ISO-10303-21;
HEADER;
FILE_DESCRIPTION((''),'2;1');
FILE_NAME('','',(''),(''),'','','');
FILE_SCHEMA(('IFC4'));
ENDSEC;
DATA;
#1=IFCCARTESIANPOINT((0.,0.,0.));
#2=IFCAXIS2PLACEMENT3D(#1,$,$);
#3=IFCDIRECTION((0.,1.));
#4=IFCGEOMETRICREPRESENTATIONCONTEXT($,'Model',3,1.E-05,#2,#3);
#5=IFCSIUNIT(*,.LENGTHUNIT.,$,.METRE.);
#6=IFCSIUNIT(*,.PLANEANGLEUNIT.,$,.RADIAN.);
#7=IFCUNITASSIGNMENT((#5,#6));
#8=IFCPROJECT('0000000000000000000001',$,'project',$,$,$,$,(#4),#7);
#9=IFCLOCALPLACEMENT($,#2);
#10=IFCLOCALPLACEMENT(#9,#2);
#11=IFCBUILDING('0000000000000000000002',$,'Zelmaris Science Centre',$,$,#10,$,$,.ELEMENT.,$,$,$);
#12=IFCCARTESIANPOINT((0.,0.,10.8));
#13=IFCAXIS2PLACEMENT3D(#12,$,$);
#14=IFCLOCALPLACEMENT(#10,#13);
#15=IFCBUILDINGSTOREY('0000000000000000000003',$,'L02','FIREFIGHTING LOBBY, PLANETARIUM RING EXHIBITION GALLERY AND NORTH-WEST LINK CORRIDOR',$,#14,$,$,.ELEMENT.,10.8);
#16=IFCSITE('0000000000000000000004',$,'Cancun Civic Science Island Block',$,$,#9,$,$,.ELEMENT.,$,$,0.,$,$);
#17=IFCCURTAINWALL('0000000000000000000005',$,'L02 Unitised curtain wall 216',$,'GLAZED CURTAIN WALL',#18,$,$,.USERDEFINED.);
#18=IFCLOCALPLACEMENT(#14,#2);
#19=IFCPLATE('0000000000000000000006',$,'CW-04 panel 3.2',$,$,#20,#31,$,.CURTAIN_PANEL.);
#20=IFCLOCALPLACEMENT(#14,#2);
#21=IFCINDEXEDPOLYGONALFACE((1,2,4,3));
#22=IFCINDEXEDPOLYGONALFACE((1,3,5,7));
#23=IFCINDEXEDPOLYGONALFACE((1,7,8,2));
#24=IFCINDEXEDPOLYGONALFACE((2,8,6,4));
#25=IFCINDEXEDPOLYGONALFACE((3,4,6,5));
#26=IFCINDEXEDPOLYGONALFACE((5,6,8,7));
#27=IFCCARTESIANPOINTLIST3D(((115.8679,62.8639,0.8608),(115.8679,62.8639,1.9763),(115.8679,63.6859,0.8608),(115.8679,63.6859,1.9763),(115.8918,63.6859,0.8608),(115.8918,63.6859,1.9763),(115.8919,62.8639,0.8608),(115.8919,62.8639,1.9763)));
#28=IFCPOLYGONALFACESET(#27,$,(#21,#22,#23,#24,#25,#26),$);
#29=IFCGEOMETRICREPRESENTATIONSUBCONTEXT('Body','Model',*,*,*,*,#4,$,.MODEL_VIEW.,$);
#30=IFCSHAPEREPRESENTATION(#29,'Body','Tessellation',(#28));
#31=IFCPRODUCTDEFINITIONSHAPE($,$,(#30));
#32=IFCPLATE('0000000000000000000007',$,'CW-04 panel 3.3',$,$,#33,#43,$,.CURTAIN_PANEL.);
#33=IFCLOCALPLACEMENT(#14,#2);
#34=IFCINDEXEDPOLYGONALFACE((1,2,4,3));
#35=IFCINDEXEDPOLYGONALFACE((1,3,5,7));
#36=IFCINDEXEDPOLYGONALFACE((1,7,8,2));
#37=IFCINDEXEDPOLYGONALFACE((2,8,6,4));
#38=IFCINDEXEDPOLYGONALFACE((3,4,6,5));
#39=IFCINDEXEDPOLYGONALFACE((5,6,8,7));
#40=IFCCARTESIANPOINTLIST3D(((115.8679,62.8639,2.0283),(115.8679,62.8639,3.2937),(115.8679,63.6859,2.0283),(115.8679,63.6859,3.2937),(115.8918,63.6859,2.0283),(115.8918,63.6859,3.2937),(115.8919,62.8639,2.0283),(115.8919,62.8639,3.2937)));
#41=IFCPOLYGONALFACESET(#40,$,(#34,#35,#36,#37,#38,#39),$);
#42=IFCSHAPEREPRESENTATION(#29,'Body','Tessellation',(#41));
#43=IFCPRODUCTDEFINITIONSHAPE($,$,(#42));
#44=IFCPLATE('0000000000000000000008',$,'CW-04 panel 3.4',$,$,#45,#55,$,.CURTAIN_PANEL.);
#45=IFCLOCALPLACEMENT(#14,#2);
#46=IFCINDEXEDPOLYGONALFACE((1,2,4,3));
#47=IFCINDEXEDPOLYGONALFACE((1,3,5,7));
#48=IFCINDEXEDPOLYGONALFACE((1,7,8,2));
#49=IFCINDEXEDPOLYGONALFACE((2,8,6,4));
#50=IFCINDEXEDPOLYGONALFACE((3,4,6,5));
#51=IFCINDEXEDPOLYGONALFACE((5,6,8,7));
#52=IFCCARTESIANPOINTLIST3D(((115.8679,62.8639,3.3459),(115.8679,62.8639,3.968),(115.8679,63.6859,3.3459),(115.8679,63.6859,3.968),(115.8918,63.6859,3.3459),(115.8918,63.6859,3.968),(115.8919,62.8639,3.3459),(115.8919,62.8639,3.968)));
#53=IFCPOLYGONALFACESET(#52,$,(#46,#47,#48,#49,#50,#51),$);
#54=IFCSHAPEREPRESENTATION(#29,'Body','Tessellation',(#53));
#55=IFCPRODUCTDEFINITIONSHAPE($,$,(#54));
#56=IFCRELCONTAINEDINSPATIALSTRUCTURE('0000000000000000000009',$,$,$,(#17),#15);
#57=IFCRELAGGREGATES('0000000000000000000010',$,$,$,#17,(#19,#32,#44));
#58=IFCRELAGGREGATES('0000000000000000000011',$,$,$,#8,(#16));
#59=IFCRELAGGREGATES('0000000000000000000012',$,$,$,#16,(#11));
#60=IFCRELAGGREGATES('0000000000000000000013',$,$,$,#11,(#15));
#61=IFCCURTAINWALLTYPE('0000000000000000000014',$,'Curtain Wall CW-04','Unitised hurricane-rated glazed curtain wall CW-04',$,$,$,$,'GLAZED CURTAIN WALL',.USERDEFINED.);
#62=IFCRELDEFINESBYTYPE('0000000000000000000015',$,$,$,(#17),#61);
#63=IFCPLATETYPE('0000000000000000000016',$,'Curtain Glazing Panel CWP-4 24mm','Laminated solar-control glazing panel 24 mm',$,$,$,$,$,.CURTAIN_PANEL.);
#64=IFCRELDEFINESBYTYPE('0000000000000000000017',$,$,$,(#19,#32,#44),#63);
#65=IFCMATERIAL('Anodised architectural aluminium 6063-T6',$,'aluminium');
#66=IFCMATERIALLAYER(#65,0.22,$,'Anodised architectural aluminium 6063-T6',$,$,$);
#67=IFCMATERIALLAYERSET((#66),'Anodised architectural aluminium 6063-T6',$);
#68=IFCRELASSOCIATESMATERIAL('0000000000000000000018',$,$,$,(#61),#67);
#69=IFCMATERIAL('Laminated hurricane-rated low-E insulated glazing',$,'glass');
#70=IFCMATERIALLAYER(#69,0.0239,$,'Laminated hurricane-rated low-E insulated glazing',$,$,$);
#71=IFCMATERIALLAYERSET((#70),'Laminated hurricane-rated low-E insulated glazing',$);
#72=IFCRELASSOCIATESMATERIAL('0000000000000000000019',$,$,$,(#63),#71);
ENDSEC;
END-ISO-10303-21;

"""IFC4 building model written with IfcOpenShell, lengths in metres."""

from ifc_helpers import new_model, si_unit, direction, frame, origin, origin_2d, place, context, subcontext, project, spatial, rectangle, extrude, material, layer, layer_set, type_object, element, aggregate, save


model = new_model("IFC4")

# Units and contexts
model_context = context("Model", 3, precision=1e-05, world=origin(), true_north=direction((0.0, 1.0)))
body_context = subcontext(model_context, "Body", "Model", "MODEL_VIEW")
ifc_project = project(units=[si_unit("LENGTHUNIT", "METRE"), si_unit("PLANEANGLEUNIT", "RADIAN")], contexts=[model_context])

# Site, building, storey
site_placement = place(None, origin())
site = spatial("IfcSite", under=ifc_project, at=site_placement, Name="Cancun Civic Science Island Block", CompositionType="ELEMENT", RefElevation=0.0)
building_placement = place(site_placement, origin())
building = spatial("IfcBuilding", under=site, at=building_placement, Name="Zelmaris Science Centre", CompositionType="ELEMENT")
storey_placement = place(building_placement, frame((0.0, 0.0, 10.8)))
storey = spatial("IfcBuildingStorey", under=building, at=storey_placement, Name="L02", Description="FIREFIGHTING LOBBY, PLANETARIUM RING EXHIBITION GALLERY AND NORTH-WEST LINK CORRIDOR", CompositionType="ELEMENT", Elevation=10.8)

# Curtain wall
ifc_material_1 = material(Name="Anodised architectural aluminium 6063-T6", Category="aluminium")
ifc_layer_1 = layer(ifc_material_1, 0.22, Name="Anodised architectural aluminium 6063-T6")
ifc_layer_set_1 = layer_set([ifc_layer_1], Name="Anodised architectural aluminium 6063-T6")
curtain_wall_type = type_object("IfcCurtainWallType", Name="Curtain Wall CW-04", Description="Unitised hurricane-rated glazed curtain wall CW-04", ElementType="GLAZED CURTAIN WALL", PredefinedType="USERDEFINED", material=ifc_layer_set_1)
curtain_wall_1_placement = place(storey_placement, origin())
curtain_wall_1 = element("IfcCurtainWall", 1, at=curtain_wall_1_placement, inside=storey, type_object=curtain_wall_type, Name="L02 Unitised curtain wall 216", ObjectType="GLAZED CURTAIN WALL", PredefinedType="USERDEFINED")

# Plates
ifc_material_2 = material(Name="Laminated hurricane-rated low-E insulated glazing", Category="glass")
ifc_layer_2 = layer(ifc_material_2, 0.0239, Name="Laminated hurricane-rated low-E insulated glazing")
ifc_layer_set_2 = layer_set([ifc_layer_2], Name="Laminated hurricane-rated low-E insulated glazing")
plate_type = type_object("IfcPlateType", Name="Curtain Glazing Panel CWP-4 24mm", Description="Laminated solar-control glazing panel 24 mm", PredefinedType="CURTAIN_PANEL", material=ifc_layer_set_2)
plate_1_placement = place(storey_placement, frame((115.8799, 63.2749, 0.8608), z_axis=(0.0, 0.0, 1.0), x_axis=(0.000023, -1.0, 0.0)))
plate_1 = element("IfcPlate", 2, at=plate_1_placement, type_object=plate_type, Name="CW-04 panel 3.2", PredefinedType="CURTAIN_PANEL", context=body_context, shape_type="SweptSolid", body=[
    extrude(rectangle(XDim=0.822, YDim=0.0239, at=origin_2d()), origin(), (0.0, 0.0, 1.0), 1.1155),
])
plate_2_placement = place(storey_placement, frame((115.8799, 63.2749, 2.0283), z_axis=(0.0, 0.0, 1.0), x_axis=(0.000023, -1.0, 0.0)))
plate_2 = element("IfcPlate", 3, at=plate_2_placement, type_object=plate_type, Name="CW-04 panel 3.3", PredefinedType="CURTAIN_PANEL", context=body_context, shape_type="SweptSolid", body=[
    extrude(rectangle(XDim=0.822, YDim=0.0239, at=origin_2d()), origin(), (0.0, 0.0, 1.0), 1.2654),
])
plate_3_placement = place(storey_placement, frame((115.8799, 63.2749, 3.3459), z_axis=(0.0, 0.0, 1.0), x_axis=(0.000023, -1.0, 0.0)))
plate_3 = element("IfcPlate", 4, at=plate_3_placement, type_object=plate_type, Name="CW-04 panel 3.4", PredefinedType="CURTAIN_PANEL", context=body_context, shape_type="SweptSolid", body=[
    extrude(rectangle(XDim=0.822, YDim=0.0239, at=origin_2d()), origin(), (0.0, 0.0, 1.0), 0.6221),
])
aggregate(curtain_wall_1, [plate_1, plate_2, plate_3])

save(model, "model.ifc")
